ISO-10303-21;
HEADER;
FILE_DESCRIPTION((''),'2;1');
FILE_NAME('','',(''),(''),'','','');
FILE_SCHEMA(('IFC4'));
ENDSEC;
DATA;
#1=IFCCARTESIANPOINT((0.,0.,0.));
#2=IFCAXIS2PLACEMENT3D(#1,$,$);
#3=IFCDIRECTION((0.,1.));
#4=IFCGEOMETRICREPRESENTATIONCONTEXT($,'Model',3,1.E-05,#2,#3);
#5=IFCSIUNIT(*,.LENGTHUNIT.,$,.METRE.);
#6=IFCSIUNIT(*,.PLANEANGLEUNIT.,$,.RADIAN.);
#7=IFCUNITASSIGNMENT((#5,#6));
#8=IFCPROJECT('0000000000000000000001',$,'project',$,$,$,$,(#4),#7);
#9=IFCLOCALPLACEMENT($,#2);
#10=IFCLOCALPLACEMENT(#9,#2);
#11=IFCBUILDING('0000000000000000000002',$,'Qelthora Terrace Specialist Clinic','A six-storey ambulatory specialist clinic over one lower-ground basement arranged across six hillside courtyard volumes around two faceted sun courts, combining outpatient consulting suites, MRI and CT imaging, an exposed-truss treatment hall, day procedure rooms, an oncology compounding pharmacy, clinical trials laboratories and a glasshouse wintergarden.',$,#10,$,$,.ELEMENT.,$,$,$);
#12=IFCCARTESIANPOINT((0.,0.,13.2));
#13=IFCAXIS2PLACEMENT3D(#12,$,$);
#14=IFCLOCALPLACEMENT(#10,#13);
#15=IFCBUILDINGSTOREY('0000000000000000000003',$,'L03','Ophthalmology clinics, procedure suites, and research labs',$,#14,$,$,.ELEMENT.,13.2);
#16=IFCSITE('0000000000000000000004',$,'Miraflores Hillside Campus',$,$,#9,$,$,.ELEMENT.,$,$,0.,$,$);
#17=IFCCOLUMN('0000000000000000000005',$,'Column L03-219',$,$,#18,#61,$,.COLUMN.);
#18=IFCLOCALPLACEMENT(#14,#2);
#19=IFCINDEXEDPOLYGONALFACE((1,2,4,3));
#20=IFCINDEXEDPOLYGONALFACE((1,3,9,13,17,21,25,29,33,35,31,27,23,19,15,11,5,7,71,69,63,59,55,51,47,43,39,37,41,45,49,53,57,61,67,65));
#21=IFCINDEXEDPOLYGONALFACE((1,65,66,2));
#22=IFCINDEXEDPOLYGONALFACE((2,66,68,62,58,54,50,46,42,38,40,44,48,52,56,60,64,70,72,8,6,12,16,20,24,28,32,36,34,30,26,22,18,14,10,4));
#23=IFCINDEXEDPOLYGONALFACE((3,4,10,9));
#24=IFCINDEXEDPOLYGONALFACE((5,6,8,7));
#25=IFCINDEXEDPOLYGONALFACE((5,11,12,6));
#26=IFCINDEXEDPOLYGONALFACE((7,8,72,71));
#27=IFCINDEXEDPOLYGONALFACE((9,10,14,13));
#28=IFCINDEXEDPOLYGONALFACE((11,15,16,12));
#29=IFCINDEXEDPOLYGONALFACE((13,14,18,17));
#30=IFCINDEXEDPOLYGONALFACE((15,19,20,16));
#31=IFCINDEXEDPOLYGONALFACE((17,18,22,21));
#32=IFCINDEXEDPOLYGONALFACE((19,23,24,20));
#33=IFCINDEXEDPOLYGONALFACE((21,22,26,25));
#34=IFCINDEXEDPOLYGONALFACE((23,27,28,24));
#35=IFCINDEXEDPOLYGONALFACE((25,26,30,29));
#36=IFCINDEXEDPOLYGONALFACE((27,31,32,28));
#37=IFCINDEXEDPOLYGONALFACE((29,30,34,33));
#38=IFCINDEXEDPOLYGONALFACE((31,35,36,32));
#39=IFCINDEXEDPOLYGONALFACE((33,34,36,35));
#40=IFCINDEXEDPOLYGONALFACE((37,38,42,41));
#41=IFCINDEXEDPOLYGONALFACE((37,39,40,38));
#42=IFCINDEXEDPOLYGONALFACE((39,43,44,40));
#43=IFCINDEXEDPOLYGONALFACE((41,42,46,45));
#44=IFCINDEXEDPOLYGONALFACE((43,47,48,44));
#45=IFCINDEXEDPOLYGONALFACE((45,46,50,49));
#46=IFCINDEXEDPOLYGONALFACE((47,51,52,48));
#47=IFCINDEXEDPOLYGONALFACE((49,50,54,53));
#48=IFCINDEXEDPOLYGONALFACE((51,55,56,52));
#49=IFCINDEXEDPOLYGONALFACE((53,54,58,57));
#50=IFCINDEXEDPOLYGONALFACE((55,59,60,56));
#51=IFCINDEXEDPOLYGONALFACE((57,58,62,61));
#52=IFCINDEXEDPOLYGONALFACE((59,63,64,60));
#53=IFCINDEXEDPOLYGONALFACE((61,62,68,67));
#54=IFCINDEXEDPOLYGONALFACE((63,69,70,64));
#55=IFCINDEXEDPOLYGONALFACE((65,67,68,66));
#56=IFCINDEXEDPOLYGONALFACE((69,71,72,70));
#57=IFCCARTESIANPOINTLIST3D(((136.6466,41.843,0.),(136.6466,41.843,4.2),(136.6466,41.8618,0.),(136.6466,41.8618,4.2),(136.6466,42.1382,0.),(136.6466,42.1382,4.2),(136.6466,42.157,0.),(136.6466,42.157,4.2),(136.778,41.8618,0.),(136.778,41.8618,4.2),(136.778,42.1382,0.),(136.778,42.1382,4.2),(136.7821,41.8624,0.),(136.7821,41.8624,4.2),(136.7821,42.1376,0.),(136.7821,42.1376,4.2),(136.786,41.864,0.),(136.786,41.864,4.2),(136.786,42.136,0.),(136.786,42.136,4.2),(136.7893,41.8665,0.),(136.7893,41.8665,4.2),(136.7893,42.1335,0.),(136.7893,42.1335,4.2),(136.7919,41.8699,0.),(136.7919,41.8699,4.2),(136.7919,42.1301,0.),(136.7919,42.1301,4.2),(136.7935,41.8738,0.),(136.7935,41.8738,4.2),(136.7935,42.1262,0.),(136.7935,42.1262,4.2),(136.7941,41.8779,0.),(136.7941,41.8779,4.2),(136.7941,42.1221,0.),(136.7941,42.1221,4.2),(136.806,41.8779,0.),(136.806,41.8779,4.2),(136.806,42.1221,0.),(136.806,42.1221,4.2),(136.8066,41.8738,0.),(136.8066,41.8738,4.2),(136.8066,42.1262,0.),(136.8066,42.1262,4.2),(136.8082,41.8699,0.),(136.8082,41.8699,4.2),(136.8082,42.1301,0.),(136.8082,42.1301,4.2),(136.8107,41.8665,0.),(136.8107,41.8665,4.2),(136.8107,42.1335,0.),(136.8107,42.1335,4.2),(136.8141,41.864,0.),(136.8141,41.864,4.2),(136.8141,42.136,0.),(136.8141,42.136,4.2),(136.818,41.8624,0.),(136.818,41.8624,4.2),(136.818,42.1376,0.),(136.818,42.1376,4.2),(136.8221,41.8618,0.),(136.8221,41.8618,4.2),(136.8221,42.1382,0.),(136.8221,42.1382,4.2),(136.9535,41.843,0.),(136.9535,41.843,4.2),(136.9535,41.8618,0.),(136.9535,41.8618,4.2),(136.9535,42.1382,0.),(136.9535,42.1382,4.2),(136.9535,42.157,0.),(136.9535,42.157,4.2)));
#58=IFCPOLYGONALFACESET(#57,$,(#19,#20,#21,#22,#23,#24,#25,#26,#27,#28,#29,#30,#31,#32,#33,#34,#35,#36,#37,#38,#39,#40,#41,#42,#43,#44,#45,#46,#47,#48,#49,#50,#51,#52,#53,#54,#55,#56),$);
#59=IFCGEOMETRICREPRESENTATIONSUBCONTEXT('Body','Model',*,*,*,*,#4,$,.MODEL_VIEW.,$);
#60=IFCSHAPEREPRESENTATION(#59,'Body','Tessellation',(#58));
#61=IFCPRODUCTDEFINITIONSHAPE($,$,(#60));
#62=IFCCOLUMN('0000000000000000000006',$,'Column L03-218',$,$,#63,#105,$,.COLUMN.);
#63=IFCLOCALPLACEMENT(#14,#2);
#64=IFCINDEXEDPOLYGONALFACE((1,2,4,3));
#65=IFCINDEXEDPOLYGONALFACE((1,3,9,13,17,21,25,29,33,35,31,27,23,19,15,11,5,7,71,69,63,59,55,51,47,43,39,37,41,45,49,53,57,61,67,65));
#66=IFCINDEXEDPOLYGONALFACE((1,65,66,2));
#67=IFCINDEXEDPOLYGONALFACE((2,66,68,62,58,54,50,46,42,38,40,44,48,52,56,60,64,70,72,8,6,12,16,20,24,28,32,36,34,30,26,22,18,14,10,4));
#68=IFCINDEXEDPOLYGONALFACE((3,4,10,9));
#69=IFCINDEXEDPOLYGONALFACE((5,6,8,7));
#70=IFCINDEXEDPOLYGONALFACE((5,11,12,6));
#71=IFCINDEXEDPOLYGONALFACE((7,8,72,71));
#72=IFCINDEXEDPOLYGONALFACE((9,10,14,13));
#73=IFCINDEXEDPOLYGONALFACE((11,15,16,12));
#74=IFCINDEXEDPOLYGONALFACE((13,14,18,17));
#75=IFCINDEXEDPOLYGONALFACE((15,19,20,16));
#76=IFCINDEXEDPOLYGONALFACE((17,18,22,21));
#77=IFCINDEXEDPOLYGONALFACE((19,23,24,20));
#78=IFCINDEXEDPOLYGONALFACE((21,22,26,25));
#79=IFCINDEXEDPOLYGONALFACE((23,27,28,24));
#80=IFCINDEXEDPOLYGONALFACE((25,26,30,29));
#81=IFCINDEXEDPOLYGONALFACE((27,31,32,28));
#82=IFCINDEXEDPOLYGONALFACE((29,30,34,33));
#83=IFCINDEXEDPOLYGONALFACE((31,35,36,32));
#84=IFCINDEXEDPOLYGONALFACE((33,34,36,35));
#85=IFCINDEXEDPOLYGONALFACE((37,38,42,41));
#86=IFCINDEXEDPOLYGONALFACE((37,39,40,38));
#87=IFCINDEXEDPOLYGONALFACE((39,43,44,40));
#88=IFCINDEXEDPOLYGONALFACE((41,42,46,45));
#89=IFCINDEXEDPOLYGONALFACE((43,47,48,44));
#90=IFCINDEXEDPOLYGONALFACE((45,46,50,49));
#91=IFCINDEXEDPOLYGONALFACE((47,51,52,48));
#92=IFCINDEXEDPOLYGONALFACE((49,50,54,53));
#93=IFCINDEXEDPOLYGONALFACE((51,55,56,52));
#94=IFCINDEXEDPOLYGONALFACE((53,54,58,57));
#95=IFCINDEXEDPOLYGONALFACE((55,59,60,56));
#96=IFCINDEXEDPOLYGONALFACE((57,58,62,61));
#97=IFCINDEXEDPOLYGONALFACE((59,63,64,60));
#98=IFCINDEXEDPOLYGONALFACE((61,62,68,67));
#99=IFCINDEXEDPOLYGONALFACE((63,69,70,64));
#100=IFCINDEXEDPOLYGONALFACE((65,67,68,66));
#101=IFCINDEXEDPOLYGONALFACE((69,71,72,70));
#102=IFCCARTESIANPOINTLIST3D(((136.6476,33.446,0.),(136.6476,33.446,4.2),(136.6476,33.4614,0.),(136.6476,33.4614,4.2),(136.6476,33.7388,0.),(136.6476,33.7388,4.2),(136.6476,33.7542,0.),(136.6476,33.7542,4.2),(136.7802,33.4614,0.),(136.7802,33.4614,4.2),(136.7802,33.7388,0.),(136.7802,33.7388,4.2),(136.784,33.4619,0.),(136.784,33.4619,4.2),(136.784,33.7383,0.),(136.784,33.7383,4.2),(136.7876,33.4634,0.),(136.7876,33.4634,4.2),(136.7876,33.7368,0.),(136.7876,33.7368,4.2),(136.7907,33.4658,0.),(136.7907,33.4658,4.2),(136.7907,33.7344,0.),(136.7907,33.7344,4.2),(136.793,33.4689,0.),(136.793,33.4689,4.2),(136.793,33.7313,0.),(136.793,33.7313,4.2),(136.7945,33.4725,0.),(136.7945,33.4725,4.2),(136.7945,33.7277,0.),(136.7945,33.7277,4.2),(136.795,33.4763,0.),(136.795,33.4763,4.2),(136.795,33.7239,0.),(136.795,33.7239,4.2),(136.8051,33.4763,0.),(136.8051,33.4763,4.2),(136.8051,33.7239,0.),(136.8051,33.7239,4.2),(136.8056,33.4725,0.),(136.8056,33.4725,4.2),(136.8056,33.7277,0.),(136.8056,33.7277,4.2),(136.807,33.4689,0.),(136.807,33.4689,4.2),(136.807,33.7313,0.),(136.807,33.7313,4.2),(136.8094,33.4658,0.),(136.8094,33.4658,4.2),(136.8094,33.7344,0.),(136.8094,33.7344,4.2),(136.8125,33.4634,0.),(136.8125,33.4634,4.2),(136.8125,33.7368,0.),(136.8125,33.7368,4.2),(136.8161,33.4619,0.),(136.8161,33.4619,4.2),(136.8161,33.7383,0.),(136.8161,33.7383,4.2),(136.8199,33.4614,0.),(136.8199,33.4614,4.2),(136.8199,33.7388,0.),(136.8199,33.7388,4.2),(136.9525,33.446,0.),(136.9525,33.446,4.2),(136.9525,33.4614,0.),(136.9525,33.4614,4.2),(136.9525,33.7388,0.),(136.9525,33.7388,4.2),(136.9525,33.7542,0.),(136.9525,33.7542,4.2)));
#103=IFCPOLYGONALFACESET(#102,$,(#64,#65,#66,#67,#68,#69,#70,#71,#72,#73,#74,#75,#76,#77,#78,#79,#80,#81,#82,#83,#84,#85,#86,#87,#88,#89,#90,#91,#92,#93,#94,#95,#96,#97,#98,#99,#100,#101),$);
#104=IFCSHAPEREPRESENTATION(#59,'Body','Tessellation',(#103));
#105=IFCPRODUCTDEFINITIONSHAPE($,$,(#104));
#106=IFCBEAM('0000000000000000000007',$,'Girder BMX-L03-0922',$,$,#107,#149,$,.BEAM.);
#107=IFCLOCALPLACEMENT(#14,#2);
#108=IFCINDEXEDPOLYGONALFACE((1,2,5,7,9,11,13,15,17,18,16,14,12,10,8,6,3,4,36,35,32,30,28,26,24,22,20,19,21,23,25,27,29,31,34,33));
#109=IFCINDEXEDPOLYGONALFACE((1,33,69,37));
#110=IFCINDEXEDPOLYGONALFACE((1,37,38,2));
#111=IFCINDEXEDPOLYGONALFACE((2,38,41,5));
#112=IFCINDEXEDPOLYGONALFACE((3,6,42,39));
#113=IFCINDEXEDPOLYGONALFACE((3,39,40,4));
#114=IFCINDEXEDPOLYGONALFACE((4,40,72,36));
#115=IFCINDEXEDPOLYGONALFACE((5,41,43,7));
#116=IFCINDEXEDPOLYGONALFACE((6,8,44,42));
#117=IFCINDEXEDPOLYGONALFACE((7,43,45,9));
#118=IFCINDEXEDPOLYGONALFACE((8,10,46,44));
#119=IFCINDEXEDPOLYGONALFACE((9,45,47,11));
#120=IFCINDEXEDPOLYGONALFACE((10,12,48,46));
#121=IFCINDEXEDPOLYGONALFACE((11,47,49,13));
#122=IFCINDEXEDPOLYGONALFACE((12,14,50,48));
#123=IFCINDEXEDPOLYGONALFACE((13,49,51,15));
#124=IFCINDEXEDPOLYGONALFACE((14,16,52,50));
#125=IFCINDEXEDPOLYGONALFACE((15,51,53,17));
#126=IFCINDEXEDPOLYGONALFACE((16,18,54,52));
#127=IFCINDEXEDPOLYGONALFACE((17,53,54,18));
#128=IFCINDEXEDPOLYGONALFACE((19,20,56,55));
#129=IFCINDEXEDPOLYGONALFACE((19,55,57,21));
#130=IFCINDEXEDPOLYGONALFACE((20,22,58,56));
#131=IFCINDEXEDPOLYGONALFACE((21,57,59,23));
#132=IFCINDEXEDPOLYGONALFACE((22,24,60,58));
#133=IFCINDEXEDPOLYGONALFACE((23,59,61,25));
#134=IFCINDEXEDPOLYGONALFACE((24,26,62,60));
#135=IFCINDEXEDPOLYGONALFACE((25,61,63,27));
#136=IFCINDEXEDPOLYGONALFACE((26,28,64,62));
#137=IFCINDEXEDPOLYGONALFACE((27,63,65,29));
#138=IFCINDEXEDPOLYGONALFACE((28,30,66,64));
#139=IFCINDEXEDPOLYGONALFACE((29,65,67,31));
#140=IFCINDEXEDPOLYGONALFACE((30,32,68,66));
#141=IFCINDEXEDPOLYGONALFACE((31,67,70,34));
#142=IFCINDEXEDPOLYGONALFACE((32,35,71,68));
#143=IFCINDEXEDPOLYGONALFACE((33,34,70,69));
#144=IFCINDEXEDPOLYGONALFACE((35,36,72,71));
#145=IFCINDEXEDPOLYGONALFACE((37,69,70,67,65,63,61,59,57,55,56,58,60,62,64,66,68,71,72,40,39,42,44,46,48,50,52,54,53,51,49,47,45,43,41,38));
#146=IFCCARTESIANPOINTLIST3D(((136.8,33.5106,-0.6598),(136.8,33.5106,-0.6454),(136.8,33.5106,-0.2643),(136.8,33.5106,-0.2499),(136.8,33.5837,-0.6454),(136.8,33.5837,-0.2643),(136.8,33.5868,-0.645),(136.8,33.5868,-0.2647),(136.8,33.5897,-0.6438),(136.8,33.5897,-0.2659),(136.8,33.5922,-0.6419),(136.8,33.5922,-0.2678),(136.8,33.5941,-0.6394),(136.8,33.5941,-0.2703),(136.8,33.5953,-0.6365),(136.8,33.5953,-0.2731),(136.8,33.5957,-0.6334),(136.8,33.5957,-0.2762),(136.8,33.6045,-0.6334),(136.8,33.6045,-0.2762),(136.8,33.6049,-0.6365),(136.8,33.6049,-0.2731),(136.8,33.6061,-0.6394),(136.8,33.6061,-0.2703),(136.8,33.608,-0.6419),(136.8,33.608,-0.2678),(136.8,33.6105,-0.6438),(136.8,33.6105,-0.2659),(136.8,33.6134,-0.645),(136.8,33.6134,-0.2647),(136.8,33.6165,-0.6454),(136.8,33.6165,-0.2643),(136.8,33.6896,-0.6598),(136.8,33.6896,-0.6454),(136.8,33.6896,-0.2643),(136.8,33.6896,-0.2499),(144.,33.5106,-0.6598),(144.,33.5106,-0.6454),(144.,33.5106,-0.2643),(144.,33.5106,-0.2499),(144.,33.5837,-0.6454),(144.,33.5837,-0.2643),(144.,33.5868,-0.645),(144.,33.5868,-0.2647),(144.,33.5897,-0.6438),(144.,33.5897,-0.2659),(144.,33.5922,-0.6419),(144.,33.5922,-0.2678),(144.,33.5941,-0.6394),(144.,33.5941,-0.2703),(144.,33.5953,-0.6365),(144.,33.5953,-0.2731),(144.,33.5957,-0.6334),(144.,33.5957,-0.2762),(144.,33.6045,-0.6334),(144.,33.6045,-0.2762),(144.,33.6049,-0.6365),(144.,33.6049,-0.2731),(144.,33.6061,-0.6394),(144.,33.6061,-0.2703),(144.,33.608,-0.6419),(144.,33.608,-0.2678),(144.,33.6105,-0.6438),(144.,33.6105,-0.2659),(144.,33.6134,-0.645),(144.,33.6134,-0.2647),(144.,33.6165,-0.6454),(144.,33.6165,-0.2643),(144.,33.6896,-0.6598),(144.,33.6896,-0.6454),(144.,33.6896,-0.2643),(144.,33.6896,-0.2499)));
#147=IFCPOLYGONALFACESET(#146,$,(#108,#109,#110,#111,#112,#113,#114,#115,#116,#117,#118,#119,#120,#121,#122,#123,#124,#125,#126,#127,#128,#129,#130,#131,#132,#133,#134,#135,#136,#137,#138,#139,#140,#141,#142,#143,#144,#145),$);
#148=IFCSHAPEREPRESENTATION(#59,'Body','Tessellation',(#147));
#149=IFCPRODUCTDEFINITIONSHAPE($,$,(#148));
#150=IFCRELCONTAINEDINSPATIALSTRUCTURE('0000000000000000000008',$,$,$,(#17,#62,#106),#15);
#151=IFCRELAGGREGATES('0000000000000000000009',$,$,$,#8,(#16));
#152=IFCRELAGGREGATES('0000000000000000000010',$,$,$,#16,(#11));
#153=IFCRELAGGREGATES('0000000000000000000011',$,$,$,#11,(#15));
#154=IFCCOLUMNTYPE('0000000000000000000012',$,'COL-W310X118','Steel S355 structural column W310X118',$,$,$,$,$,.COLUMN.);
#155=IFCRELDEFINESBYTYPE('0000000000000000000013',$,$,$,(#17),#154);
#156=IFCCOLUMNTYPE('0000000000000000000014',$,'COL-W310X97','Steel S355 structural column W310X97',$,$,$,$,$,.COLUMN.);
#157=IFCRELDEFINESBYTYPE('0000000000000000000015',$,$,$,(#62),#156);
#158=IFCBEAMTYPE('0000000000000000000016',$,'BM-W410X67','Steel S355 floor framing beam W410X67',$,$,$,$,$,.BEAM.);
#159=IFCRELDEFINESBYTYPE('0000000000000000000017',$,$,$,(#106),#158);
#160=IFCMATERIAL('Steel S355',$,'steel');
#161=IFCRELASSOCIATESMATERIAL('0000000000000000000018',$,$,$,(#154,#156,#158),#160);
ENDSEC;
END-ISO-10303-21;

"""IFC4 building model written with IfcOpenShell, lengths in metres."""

from ifc_helpers import new_model, si_unit, direction, frame, origin, origin_2d, place, context, subcontext, project, spatial, i_section, extrude, material, material_profile, profile_set, type_object, element, save


model = new_model("IFC4")

# Units and contexts
model_context = context("Model", 3, precision=1e-05, world=origin(), true_north=direction((0.0, 1.0)))
body_context = subcontext(model_context, "Body", "Model", "MODEL_VIEW")
ifc_project = project(units=[si_unit("LENGTHUNIT", "METRE"), si_unit("PLANEANGLEUNIT", "RADIAN")], contexts=[model_context])

# Site, building, storey
site_placement = place(None, origin())
site = spatial("IfcSite", under=ifc_project, at=site_placement, Name="Miraflores Hillside Campus", CompositionType="ELEMENT", RefElevation=0.0)
building_placement = place(site_placement, origin())
building = spatial("IfcBuilding", under=site, at=building_placement, Name="Qelthora Terrace Specialist Clinic", Description="A six-storey ambulatory specialist clinic over one lower-ground basement arranged across six hillside courtyard volumes around two faceted sun courts, combining outpatient consulting suites, MRI and CT imaging, an exposed-truss treatment hall, day procedure rooms, an oncology compounding pharmacy, clinical trials laboratories and a glasshouse wintergarden.", CompositionType="ELEMENT")
storey_placement = place(building_placement, frame((0.0, 0.0, 13.2)))
storey = spatial("IfcBuildingStorey", under=building, at=storey_placement, Name="L03", Description="Ophthalmology clinics, procedure suites, and research labs", CompositionType="ELEMENT", Elevation=13.2)

# Columns
ifc_material_1 = material(Name="Steel S355", Category="steel")
ifc_material_profile_1 = material_profile(ifc_material_1, i_section(OverallWidth=0.3069, OverallDepth=0.314, WebThickness=0.012, FlangeThickness=0.0188, FilletRadius=0.0161, at=origin_2d()), Name="W310X118")
ifc_profile_set_1 = profile_set([ifc_material_profile_1], Name="Steel S355")
column_type_1 = type_object("IfcColumnType", Name="COL-W310X118", Description="Steel S355 structural column W310X118", PredefinedType="COLUMN", material=ifc_profile_set_1)
column_1_placement = place(storey_placement, frame((136.8, 42.0, 0.0), z_axis=(0.0, 0.0, 1.0), x_axis=(1.0, 0.0, 0.0)))
element("IfcColumn", 1, at=column_1_placement, inside=storey, type_object=column_type_1, Name="Column L03-219", PredefinedType="COLUMN", context=body_context, shape_type="SweptSolid", body=[
    extrude(i_section(OverallWidth=0.3069, OverallDepth=0.314, WebThickness=0.012, FlangeThickness=0.0188, FilletRadius=0.0161, at=origin_2d()), origin(), (0.0, 0.0, 1.0), 4.2),
])
ifc_material_profile_2 = material_profile(ifc_material_1, i_section(OverallWidth=0.3049, OverallDepth=0.3081, WebThickness=0.01, FlangeThickness=0.0154, FilletRadius=0.0149, at=origin_2d()), Name="W310X97")
ifc_profile_set_2 = profile_set([ifc_material_profile_2], Name="Steel S355")
column_type_2 = type_object("IfcColumnType", Name="COL-W310X97", Description="Steel S355 structural column W310X97", PredefinedType="COLUMN", material=ifc_profile_set_2)
column_2_placement = place(storey_placement, frame((136.8, 33.6001, 0.0), z_axis=(0.0, 0.0, 1.0), x_axis=(1.0, 0.0, 0.0)))
element("IfcColumn", 2, at=column_2_placement, inside=storey, type_object=column_type_2, Name="Column L03-218", PredefinedType="COLUMN", context=body_context, shape_type="SweptSolid", body=[
    extrude(i_section(OverallWidth=0.3049, OverallDepth=0.3081, WebThickness=0.01, FlangeThickness=0.0154, FilletRadius=0.0149, at=origin_2d()), origin(), (0.0, 0.0, 1.0), 4.2),
])

# Beam
ifc_material_profile_3 = material_profile(ifc_material_1, i_section(OverallWidth=0.179, OverallDepth=0.4099, WebThickness=0.0088, FlangeThickness=0.0144, FilletRadius=0.012, at=origin_2d()), Name="W410X67")
ifc_profile_set_3 = profile_set([ifc_material_profile_3], Name="Steel S355")
beam_type_1 = type_object("IfcBeamType", Name="BM-W410X67", Description="Steel S355 floor framing beam W410X67", PredefinedType="BEAM", material=ifc_profile_set_3)
beam_1_placement = place(storey_placement, frame((136.8, 33.6001, -0.4548), z_axis=(1.0, 0.0, 0.0), x_axis=(0.0, 1.0, 0.0)))
element("IfcBeam", 3, at=beam_1_placement, inside=storey, type_object=beam_type_1, Name="Girder BMX-L03-0922", PredefinedType="BEAM", context=body_context, shape_type="SweptSolid", body=[
    extrude(i_section(OverallWidth=0.179, OverallDepth=0.4099, WebThickness=0.0088, FlangeThickness=0.0144, FilletRadius=0.012, at=origin_2d()), origin(), (0.0, 0.0, 1.0), 7.2),
])

save(model, "model.ifc")
